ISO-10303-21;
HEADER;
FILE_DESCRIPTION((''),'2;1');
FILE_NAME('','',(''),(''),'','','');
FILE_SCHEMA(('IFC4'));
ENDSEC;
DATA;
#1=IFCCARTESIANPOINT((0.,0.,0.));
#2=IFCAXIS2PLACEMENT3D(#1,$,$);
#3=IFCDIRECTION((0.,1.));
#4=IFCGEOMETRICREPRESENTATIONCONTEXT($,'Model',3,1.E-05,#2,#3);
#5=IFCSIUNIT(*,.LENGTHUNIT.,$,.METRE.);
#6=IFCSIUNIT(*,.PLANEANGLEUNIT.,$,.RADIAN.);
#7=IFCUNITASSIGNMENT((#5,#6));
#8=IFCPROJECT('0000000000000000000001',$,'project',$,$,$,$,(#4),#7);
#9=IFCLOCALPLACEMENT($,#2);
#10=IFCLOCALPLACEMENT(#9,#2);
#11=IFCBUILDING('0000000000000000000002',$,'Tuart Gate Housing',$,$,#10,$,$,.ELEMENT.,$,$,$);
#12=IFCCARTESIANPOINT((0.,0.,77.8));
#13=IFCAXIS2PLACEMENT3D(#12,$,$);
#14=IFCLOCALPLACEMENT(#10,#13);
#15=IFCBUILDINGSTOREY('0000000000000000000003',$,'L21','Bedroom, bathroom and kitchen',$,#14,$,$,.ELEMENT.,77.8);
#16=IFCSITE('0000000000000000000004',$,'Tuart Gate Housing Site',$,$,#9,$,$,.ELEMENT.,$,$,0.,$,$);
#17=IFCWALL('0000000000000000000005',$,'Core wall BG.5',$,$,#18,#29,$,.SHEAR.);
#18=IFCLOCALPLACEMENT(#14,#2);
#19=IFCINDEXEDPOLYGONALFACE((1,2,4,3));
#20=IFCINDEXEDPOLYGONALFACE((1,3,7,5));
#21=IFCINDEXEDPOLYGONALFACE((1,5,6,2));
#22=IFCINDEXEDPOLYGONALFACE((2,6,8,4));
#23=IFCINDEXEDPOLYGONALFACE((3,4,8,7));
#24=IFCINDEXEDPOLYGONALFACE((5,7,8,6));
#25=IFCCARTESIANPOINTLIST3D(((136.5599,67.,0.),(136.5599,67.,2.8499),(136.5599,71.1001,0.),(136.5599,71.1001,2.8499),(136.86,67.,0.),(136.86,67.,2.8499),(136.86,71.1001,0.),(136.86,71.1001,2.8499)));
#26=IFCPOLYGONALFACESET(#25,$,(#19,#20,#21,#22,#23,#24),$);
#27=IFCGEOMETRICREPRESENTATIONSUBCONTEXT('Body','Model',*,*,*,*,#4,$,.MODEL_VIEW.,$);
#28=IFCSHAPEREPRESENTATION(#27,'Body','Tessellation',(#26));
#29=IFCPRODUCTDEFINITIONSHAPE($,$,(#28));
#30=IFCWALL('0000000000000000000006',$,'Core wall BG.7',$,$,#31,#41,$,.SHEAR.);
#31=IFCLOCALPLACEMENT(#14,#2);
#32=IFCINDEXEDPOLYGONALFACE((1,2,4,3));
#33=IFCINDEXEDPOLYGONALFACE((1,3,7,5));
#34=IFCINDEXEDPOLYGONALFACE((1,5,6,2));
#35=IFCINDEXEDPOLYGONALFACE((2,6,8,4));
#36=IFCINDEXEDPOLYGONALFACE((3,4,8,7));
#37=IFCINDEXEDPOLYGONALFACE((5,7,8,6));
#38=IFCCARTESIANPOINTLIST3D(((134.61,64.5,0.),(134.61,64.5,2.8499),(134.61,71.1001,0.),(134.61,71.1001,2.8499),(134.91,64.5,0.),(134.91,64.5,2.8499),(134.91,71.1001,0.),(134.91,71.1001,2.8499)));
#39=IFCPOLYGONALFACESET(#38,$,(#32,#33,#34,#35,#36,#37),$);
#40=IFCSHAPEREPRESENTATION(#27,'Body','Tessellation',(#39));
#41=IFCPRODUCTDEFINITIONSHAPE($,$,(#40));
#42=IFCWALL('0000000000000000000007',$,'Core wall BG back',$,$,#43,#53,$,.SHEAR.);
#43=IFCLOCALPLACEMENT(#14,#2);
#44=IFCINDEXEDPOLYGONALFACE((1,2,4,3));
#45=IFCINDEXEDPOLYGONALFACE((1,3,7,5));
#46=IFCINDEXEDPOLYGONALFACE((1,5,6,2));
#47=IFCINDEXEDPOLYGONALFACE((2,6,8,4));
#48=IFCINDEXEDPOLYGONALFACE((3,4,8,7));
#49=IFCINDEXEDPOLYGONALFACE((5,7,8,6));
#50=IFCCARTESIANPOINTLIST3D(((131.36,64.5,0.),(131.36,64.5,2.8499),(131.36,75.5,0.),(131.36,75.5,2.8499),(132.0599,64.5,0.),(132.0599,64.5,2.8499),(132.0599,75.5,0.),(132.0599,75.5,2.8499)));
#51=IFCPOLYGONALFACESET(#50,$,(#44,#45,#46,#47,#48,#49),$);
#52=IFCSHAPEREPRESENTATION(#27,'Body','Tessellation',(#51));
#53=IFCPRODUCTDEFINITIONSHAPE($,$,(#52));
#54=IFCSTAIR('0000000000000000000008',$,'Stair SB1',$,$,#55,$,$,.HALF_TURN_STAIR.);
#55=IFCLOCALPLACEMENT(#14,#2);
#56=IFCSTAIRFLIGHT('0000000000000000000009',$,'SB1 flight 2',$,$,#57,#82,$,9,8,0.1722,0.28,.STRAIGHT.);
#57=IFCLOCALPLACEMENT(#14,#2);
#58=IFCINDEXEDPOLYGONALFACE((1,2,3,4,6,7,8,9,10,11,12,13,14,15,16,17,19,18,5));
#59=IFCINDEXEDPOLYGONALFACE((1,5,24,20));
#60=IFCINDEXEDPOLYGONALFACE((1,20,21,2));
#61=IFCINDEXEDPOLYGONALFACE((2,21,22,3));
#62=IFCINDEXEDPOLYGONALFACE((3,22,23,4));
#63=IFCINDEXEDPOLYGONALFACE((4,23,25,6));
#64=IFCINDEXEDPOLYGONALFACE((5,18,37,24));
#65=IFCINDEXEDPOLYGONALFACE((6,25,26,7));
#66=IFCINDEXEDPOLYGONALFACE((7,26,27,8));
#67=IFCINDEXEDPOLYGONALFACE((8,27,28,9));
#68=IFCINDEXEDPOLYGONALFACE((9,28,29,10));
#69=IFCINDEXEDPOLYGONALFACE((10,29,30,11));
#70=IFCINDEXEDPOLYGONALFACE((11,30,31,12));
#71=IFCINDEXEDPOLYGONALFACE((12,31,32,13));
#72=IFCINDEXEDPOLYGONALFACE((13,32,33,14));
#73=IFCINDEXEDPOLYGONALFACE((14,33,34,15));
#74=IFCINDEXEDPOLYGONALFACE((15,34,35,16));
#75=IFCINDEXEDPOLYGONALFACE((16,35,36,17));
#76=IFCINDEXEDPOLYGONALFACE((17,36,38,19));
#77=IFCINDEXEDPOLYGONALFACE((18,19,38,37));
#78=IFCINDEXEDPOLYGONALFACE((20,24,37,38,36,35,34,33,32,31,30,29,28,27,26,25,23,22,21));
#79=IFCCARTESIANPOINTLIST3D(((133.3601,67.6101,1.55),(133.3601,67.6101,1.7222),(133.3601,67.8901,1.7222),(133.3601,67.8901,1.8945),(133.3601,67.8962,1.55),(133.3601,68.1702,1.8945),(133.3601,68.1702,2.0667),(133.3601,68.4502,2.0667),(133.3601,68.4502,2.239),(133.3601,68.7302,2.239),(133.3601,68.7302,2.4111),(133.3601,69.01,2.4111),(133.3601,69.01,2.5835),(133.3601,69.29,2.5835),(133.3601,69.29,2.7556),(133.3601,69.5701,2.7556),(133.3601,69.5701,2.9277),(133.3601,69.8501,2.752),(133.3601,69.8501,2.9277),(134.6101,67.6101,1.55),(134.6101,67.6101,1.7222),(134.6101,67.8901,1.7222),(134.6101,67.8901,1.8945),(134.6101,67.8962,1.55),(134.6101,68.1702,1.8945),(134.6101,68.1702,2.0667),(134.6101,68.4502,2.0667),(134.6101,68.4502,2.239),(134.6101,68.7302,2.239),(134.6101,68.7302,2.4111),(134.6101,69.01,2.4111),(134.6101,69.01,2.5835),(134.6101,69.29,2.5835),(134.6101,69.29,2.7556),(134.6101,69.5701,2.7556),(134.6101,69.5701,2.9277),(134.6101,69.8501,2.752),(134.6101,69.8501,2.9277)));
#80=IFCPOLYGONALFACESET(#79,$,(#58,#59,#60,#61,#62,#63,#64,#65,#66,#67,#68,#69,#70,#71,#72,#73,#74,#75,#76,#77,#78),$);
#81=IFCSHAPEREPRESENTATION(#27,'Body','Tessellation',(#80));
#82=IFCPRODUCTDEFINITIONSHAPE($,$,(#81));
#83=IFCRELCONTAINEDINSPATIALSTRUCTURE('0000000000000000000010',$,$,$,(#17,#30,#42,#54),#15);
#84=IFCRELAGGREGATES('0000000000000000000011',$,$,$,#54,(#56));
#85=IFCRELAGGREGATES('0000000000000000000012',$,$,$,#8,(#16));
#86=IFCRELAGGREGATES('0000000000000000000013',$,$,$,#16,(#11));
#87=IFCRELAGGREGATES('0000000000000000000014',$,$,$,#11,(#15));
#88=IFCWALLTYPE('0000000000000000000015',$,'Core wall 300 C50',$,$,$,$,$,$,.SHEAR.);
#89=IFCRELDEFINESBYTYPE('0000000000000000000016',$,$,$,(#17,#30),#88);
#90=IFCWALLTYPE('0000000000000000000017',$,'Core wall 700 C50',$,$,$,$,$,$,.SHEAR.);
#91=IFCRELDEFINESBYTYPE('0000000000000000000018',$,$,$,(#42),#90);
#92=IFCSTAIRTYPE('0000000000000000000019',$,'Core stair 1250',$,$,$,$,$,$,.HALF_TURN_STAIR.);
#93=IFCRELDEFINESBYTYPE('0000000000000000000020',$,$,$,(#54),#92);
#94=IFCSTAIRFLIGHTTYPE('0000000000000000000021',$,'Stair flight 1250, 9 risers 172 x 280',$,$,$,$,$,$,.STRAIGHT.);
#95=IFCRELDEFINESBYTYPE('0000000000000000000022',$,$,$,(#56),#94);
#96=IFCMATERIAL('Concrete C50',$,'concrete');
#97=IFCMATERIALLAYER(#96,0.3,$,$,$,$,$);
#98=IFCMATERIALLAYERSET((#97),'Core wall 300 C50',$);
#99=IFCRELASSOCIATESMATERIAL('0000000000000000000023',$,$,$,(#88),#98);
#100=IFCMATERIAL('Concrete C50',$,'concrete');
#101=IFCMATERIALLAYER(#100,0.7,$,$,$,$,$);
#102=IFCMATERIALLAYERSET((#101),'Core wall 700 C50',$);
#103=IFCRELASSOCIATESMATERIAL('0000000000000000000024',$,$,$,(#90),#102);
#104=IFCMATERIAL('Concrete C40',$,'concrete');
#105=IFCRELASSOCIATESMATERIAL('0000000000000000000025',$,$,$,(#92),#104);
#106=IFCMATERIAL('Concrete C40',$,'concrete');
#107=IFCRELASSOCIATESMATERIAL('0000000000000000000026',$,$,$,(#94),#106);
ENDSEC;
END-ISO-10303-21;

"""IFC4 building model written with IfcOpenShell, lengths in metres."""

from ifc_helpers import new_model, si_unit, direction, frame, frame_2d, origin, place, context, subcontext, project, spatial, polyline, rectangle, outline, extrude, material, layer, layer_set, type_object, element, aggregate, save


model = new_model("IFC4")

# Units and contexts
model_context = context("Model", 3, precision=1e-05, world=origin(), true_north=direction((0.0, 1.0)))
body_context = subcontext(model_context, "Body", "Model", "MODEL_VIEW")
ifc_project = project(units=[si_unit("LENGTHUNIT", "METRE"), si_unit("PLANEANGLEUNIT", "RADIAN")], contexts=[model_context])

# Site, building, storey
site_placement = place(None, origin())
site = spatial("IfcSite", under=ifc_project, at=site_placement, Name="Tuart Gate Housing Site", CompositionType="ELEMENT", RefElevation=0.0)
building_placement = place(site_placement, origin())
building = spatial("IfcBuilding", under=site, at=building_placement, Name="Tuart Gate Housing", CompositionType="ELEMENT")
storey_placement = place(building_placement, frame((0.0, 0.0, 77.8)))
storey = spatial("IfcBuildingStorey", under=building, at=storey_placement, Name="L21", Description="Bedroom, bathroom and kitchen", CompositionType="ELEMENT", Elevation=77.8)

# Walls
ifc_material_1 = material(Name="Concrete C50", Category="concrete")
ifc_layer_1 = layer(ifc_material_1, 0.3)
ifc_layer_set_1 = layer_set([ifc_layer_1], Name="Core wall 300 C50")
wall_type_1 = type_object("IfcWallType", Name="Core wall 300 C50", PredefinedType="SHEAR", material=ifc_layer_set_1)
wall_1_placement = place(storey_placement, frame((136.71, 67.0, 0.0), z_axis=(0.0, 0.0, 1.0), x_axis=(0.0, 1.0, 0.0)))
element("IfcWall", 1, at=wall_1_placement, inside=storey, type_object=wall_type_1, Name="Core wall BG.5", PredefinedType="SHEAR", context=body_context, shape_type="SweptSolid", body=[
    extrude(rectangle(XDim=4.1001, YDim=0.3, at=frame_2d((2.05, 0.0))), origin(), (0.0, 0.0, 1.0), 2.8499),
])
wall_2_placement = place(storey_placement, frame((134.76, 64.5, 0.0), z_axis=(0.0, 0.0, 1.0), x_axis=(0.0, 1.0, 0.0)))
element("IfcWall", 2, at=wall_2_placement, inside=storey, type_object=wall_type_1, Name="Core wall BG.7", PredefinedType="SHEAR", context=body_context, shape_type="SweptSolid", body=[
    extrude(rectangle(XDim=6.6001, YDim=0.3, at=frame_2d((3.3, 0.0))), origin(), (0.0, 0.0, 1.0), 2.8499),
])
ifc_material_2 = material(Name="Concrete C50", Category="concrete")
ifc_layer_2 = layer(ifc_material_2, 0.7)
ifc_layer_set_2 = layer_set([ifc_layer_2], Name="Core wall 700 C50")
wall_type_2 = type_object("IfcWallType", Name="Core wall 700 C50", PredefinedType="SHEAR", material=ifc_layer_set_2)
wall_3_placement = place(storey_placement, frame((131.71, 64.5, 0.0), z_axis=(0.0, 0.0, 1.0), x_axis=(0.0, 1.0, 0.0)))
element("IfcWall", 3, at=wall_3_placement, inside=storey, type_object=wall_type_2, Name="Core wall BG back", PredefinedType="SHEAR", context=body_context, shape_type="SweptSolid", body=[
    extrude(rectangle(XDim=11.0, YDim=0.7, at=frame_2d((5.5, 0.0))), origin(), (0.0, 0.0, 1.0), 2.8499),
])

# Stair, stair flight
ifc_material_3 = material(Name="Concrete C40", Category="concrete")
stair_type = type_object("IfcStairType", Name="Core stair 1250", PredefinedType="HALF_TURN_STAIR", material=ifc_material_3)
stair_placement = place(storey_placement, origin())
stair = element("IfcStair", 4, at=stair_placement, inside=storey, type_object=stair_type, Name="Stair SB1", PredefinedType="HALF_TURN_STAIR")
ifc_material_4 = material(Name="Concrete C40", Category="concrete")
stair_flight_type = type_object("IfcStairFlightType", Name="Stair flight 1250, 9 risers 172 x 280", PredefinedType="STRAIGHT", material=ifc_material_4)
stair_flight_placement = place(storey_placement, frame((133.9851, 67.6101, 1.55), z_axis=(0.0, 0.0, 1.0), x_axis=(0.0, 1.0, 0.0)))
stair_flight = element("IfcStairFlight", 5, at=stair_flight_placement, type_object=stair_flight_type, Name="SB1 flight 2", NumberOfRisers=9, NumberOfTreads=8, PredefinedType="STRAIGHT", RiserHeight=0.1722, TreadLength=0.28, context=body_context, shape_type="SweptSolid", body=[
    extrude(outline(polyline([(0.0, 0.0), (0.0, 0.1721), (0.28, 0.1721), (0.28, 0.3445), (0.5601, 0.3445), (0.5601, 0.5166), (0.8401, 0.5166), (0.8401, 0.689), (1.1201, 0.689), (1.1201, 0.8611), (1.3999, 0.8611), (1.3999, 1.0334), (1.6799, 1.0334), (1.6799, 1.2056), (1.96, 1.2056), (1.96, 1.3777), (2.24, 1.3777), (2.24, 1.55), (2.24, 1.2019), (0.2861, 0.0), (0.0, 0.0)])), frame((0.0, 0.625, 0.0), z_axis=(0.0, -1.0, 0.0), x_axis=(1.0, 0.0, 0.0)), (0.0, 0.0, 1.0), 1.25),
])
aggregate(stair, [stair_flight])

save(model, "model.ifc")
